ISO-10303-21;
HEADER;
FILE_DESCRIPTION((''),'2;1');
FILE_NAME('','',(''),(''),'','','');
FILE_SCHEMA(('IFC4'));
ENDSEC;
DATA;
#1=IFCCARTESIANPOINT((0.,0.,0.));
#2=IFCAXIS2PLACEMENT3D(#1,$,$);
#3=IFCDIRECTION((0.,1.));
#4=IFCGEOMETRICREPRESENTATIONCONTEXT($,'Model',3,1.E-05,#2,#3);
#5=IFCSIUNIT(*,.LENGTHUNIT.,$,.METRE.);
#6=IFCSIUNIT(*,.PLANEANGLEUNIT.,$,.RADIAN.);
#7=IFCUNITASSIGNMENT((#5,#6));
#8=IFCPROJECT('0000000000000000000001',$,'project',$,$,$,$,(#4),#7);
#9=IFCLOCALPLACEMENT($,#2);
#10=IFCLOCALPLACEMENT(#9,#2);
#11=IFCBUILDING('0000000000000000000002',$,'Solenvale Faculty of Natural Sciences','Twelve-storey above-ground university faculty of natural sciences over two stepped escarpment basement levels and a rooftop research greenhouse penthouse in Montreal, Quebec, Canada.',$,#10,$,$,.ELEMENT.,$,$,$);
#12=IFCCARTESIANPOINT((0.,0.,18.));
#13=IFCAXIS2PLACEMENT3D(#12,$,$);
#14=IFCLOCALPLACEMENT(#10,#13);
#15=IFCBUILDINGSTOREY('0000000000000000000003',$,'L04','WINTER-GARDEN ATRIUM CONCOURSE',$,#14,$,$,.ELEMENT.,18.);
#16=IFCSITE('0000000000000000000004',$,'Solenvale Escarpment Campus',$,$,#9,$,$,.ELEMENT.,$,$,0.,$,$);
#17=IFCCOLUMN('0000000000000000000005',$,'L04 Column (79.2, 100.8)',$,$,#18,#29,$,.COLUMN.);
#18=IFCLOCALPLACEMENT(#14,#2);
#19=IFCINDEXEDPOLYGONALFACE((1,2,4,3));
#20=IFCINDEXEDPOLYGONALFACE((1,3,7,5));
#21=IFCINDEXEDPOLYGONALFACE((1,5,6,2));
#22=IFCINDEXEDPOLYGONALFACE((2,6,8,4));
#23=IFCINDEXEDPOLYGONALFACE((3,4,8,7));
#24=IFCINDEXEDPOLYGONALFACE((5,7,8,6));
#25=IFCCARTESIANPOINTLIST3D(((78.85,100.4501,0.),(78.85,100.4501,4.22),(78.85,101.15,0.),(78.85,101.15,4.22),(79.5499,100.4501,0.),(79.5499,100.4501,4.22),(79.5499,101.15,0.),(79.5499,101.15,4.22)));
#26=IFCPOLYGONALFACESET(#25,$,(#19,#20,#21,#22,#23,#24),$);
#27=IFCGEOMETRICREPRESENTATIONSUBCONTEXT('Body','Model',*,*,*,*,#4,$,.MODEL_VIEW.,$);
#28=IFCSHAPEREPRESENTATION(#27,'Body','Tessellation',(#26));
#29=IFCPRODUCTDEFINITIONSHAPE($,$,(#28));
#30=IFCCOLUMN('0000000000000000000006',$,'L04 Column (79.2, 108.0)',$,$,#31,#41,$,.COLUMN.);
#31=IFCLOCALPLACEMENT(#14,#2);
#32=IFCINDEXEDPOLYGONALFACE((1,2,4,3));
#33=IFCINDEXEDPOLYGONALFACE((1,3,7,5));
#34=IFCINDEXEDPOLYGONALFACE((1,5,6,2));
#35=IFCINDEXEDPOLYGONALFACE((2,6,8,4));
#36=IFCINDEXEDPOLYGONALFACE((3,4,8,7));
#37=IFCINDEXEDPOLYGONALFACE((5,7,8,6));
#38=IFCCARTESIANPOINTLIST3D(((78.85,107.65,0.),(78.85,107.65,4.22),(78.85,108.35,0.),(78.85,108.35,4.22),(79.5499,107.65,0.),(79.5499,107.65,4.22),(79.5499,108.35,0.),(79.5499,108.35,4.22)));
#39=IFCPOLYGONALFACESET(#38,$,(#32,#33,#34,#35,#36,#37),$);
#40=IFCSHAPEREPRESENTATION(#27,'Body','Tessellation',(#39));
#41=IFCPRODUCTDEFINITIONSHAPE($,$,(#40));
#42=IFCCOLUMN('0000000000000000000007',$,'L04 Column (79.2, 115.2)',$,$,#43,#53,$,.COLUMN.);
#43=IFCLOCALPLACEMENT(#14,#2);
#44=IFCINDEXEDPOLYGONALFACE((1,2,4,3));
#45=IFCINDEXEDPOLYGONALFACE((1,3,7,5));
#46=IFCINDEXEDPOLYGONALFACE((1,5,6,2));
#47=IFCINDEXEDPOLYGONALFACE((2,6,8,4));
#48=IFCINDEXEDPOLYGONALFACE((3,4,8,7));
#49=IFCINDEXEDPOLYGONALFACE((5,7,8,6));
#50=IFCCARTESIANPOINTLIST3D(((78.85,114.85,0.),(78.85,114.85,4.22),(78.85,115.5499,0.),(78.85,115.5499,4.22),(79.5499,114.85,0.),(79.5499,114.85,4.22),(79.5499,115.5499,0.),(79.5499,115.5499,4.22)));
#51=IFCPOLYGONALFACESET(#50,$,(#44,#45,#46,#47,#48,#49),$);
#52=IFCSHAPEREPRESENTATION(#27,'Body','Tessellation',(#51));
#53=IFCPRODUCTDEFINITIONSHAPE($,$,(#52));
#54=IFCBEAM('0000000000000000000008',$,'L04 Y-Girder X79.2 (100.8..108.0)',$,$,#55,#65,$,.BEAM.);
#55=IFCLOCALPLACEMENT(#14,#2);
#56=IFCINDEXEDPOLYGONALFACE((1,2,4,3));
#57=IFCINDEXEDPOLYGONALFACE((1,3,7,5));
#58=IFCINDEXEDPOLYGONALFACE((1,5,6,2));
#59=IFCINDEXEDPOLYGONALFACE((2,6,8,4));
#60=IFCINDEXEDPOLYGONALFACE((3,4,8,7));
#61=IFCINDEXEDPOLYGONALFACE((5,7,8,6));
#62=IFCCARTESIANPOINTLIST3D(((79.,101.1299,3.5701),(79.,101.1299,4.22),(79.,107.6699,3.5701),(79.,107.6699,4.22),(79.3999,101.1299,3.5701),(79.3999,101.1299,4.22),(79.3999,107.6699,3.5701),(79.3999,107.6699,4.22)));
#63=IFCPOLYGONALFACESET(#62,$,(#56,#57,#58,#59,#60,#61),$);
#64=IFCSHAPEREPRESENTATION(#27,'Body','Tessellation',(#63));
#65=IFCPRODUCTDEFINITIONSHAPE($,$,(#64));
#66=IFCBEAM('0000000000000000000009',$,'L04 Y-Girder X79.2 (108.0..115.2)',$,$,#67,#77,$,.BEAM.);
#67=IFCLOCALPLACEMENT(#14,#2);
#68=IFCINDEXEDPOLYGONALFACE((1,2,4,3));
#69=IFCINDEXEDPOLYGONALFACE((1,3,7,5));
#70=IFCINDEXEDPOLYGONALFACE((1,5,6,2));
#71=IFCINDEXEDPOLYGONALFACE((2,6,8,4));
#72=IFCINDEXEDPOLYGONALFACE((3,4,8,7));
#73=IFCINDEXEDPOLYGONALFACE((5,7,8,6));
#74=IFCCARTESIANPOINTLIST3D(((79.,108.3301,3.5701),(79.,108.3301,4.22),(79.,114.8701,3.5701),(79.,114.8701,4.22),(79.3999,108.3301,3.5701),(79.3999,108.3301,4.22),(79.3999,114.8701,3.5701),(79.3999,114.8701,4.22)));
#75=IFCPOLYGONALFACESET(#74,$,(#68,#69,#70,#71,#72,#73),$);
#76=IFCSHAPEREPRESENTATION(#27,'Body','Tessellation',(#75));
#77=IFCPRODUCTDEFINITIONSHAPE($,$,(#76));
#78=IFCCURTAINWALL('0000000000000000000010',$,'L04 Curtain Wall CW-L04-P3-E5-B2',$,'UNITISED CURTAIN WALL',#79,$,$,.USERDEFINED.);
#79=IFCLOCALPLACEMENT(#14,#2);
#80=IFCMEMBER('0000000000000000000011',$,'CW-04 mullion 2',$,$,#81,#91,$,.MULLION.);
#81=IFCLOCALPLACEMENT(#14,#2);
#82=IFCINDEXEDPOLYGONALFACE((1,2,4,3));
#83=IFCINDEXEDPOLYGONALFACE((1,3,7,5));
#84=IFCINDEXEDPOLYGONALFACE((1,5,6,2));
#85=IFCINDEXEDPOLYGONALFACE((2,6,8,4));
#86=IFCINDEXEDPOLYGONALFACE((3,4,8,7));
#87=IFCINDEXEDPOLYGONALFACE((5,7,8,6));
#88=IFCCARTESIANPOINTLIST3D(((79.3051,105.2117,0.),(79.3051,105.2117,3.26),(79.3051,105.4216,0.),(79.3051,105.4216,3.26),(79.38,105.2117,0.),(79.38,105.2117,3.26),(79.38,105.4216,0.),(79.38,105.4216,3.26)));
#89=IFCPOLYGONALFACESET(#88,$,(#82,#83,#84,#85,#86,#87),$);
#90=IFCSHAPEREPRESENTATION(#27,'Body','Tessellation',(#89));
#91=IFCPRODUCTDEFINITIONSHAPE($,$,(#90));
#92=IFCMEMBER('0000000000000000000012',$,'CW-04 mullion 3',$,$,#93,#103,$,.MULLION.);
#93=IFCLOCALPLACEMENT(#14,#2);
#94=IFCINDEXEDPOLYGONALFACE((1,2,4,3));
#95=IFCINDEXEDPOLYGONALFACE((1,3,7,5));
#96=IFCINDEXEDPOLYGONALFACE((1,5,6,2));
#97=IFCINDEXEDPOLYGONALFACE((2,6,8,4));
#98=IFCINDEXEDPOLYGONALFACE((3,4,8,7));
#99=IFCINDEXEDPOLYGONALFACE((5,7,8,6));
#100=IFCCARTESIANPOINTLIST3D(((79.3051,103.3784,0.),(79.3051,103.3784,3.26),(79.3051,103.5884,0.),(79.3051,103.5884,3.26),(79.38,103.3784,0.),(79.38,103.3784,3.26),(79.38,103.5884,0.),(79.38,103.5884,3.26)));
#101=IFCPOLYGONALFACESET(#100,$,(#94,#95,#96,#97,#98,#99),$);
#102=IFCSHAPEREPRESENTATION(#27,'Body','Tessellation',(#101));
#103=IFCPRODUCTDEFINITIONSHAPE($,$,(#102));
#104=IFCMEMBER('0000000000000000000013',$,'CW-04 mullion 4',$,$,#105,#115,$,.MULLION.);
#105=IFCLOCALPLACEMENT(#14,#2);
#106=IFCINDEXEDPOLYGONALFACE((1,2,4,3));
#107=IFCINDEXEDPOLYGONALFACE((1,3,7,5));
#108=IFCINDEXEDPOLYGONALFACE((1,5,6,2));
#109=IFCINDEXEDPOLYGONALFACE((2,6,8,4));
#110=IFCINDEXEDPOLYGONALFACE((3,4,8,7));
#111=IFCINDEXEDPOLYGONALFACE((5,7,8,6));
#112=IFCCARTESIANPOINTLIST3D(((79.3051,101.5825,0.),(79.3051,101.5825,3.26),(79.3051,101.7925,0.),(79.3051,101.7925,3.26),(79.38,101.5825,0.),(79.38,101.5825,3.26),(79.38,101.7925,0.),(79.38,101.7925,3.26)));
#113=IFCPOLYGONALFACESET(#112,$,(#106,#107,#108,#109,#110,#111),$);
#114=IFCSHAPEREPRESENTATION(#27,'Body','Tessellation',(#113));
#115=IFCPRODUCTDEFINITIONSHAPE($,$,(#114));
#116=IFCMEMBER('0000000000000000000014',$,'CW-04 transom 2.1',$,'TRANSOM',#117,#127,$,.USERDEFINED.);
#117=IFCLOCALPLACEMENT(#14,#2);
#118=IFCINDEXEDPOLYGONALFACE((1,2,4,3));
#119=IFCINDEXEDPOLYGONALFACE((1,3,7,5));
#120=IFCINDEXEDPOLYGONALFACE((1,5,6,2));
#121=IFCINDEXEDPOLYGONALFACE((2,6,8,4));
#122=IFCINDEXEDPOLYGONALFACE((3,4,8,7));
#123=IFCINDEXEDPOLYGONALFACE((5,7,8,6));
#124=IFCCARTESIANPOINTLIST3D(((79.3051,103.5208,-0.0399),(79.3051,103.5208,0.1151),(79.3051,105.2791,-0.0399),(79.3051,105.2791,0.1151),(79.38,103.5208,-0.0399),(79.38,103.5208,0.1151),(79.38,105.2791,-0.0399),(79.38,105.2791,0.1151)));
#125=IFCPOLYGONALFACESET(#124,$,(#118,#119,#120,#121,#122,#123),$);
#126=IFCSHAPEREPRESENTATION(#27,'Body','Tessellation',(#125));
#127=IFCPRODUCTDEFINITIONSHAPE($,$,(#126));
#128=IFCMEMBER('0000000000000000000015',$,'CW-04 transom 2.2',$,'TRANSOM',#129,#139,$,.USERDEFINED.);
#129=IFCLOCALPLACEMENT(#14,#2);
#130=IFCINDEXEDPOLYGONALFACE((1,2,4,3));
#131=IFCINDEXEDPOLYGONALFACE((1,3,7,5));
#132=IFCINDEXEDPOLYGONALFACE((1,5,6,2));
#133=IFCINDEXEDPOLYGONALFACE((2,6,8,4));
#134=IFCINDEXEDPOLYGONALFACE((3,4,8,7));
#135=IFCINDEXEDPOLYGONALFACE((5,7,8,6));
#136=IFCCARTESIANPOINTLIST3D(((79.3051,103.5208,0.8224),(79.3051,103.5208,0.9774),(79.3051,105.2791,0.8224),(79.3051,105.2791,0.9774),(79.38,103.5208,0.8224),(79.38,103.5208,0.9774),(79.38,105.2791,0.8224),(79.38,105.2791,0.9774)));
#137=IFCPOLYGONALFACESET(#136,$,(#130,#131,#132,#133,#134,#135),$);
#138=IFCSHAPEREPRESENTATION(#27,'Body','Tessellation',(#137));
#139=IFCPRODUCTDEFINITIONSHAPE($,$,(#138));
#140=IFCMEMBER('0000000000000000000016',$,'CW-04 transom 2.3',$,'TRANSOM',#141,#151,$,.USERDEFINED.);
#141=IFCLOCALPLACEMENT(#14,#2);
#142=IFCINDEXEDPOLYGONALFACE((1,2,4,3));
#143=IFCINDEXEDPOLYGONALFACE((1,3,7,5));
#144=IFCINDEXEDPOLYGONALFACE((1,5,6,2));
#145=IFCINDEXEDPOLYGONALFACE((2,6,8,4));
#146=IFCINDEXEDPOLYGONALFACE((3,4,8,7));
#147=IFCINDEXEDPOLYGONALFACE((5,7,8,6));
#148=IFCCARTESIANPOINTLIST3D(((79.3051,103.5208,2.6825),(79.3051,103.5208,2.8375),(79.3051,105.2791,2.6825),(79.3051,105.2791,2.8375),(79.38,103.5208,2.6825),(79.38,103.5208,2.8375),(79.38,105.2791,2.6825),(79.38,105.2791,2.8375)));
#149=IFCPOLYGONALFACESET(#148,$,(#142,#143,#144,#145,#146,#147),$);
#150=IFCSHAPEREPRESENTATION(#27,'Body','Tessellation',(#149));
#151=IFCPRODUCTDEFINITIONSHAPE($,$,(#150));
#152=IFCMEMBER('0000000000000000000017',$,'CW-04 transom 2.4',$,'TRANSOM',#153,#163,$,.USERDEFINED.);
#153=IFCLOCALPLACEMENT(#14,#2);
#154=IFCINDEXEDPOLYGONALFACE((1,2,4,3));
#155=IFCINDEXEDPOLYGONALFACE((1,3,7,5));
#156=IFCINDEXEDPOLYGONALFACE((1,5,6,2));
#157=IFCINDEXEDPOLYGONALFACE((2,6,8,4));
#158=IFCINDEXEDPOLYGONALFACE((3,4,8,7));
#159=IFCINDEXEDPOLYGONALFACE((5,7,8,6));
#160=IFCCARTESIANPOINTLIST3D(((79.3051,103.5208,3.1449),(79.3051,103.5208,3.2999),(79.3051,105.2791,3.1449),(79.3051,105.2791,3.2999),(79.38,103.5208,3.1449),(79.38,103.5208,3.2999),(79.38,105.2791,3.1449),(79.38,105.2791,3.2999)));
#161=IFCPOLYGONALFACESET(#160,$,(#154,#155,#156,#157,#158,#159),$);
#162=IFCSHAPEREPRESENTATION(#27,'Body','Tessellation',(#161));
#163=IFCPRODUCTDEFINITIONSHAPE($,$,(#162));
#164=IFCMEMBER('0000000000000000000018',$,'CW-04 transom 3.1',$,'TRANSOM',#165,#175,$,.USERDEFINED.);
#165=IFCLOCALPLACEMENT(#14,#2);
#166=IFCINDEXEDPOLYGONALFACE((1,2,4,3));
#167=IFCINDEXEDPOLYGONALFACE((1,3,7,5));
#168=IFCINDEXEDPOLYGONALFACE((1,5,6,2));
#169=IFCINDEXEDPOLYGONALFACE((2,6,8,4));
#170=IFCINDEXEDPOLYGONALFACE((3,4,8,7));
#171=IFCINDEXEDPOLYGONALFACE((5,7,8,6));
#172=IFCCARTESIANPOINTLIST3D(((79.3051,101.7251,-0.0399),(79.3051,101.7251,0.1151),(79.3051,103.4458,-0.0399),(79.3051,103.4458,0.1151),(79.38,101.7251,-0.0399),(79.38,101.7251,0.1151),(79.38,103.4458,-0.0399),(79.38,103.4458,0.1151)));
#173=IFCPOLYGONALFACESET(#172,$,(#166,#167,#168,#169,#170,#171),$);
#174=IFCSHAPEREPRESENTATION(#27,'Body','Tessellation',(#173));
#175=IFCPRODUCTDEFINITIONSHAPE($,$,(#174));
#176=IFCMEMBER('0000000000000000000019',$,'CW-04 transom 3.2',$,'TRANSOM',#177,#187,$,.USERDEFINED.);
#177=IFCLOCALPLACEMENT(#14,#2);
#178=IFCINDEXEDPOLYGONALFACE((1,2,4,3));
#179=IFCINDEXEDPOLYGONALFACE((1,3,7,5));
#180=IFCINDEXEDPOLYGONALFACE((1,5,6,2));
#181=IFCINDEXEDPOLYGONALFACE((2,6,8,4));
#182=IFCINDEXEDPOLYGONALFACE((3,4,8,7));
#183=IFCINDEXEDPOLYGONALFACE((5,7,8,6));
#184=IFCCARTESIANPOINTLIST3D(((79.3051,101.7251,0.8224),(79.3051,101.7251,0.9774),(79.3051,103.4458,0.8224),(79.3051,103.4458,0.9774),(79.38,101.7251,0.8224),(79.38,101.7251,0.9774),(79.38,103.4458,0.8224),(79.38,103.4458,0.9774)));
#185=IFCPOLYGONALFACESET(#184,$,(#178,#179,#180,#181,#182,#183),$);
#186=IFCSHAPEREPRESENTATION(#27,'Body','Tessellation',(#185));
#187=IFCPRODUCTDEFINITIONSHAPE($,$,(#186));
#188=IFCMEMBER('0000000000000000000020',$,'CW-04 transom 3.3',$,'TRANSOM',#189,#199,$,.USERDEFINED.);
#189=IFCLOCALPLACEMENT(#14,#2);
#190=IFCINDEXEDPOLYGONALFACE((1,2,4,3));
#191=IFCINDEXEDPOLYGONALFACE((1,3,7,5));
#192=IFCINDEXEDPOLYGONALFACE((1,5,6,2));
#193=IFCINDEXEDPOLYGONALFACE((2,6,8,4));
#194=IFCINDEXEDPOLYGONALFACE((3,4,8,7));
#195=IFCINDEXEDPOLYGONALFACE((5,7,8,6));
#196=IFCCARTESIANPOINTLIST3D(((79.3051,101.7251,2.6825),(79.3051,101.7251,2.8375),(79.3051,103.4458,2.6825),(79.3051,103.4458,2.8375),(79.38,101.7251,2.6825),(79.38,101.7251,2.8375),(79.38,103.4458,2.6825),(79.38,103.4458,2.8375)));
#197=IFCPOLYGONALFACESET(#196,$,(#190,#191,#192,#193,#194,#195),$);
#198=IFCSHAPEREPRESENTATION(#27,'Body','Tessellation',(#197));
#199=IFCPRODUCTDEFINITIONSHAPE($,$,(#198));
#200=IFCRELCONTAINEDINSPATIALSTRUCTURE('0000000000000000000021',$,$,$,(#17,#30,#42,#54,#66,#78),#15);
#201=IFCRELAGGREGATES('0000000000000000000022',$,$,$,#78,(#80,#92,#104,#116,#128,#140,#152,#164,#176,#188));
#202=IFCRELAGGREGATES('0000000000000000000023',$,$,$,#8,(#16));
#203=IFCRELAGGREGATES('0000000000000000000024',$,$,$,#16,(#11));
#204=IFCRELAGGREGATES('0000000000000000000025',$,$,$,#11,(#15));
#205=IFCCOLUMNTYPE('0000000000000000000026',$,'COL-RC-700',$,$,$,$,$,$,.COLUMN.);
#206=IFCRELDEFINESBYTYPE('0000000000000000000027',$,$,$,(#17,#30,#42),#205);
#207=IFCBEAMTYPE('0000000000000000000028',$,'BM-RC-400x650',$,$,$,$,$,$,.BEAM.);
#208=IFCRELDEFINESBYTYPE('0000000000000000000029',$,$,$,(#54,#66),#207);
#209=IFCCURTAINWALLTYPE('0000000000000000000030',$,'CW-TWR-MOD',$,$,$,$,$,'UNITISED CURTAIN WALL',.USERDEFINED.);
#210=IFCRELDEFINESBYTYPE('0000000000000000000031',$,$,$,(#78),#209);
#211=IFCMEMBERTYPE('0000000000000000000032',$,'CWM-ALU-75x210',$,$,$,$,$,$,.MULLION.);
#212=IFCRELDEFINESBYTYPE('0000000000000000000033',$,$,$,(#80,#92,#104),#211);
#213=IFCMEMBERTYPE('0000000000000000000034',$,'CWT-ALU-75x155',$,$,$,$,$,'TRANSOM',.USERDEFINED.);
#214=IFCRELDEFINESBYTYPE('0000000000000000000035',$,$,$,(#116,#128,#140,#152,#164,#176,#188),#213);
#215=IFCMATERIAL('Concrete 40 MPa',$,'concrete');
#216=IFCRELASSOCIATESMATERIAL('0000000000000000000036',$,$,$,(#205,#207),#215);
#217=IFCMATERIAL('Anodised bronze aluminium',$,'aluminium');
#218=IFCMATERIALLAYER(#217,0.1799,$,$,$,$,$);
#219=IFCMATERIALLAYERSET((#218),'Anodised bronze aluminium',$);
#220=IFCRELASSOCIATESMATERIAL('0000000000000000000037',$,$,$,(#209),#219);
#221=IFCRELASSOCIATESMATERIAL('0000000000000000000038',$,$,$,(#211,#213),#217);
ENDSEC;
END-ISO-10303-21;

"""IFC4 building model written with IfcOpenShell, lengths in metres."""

from ifc_helpers import new_model, si_unit, direction, frame, origin, origin_2d, place, context, subcontext, project, spatial, rectangle, extrude, material, layer, layer_set, material_profile, profile_set, type_object, element, aggregate, save


model = new_model("IFC4")

# Units and contexts
model_context = context("Model", 3, precision=1e-05, world=origin(), true_north=direction((0.0, 1.0)))
body_context = subcontext(model_context, "Body", "Model", "MODEL_VIEW")
ifc_project = project(units=[si_unit("LENGTHUNIT", "METRE"), si_unit("PLANEANGLEUNIT", "RADIAN")], contexts=[model_context])

# Site, building, storey
site_placement = place(None, origin())
site = spatial("IfcSite", under=ifc_project, at=site_placement, Name="Solenvale Escarpment Campus", CompositionType="ELEMENT", RefElevation=0.0)
building_placement = place(site_placement, origin())
building = spatial("IfcBuilding", under=site, at=building_placement, Name="Solenvale Faculty of Natural Sciences", Description="Twelve-storey above-ground university faculty of natural sciences over two stepped escarpment basement levels and a rooftop research greenhouse penthouse in Montreal, Quebec, Canada.", CompositionType="ELEMENT")
storey_placement = place(building_placement, frame((0.0, 0.0, 18.0)))
storey = spatial("IfcBuildingStorey", under=building, at=storey_placement, Name="L04", Description="WINTER-GARDEN ATRIUM CONCOURSE", CompositionType="ELEMENT", Elevation=18.0)

# Columns
ifc_material_1 = material(Name="Concrete 40 MPa", Category="concrete")
ifc_material_profile_1 = material_profile(ifc_material_1, rectangle(XDim=0.7, YDim=0.7, at=origin_2d()), Name="RC-COL-700x700")
ifc_profile_set_1 = profile_set([ifc_material_profile_1], Name="Concrete 40 MPa")
column_type = type_object("IfcColumnType", Name="COL-RC-700", PredefinedType="COLUMN", material=ifc_profile_set_1)
for number, where, z_axis, x_axis, name in (
    (1, (79.2, 100.8, 0.0), (0.0, 0.0, 1.0), (1.0, 0.0, 0.0), "L04 Column (79.2, 100.8)"),
    (2, (79.2, 108.0, 0.0), (0.0, 0.0, 1.0), (1.0, 0.0, 0.0), "L04 Column (79.2, 108.0)"),
    (3, (79.2, 115.2, 0.0), (0.0, 0.0, 1.0), (1.0, 0.0, 0.0), "L04 Column (79.2, 115.2)"),
):
    element("IfcColumn", number, at=place(storey_placement, frame(where, z_axis=z_axis, x_axis=x_axis)), inside=storey, type_object=column_type, Name=name, PredefinedType="COLUMN", context=body_context, shape_type="SweptSolid", body=[
        extrude(rectangle(XDim=0.7, YDim=0.7, at=origin_2d()), origin(), (0.0, 0.0, 1.0), 4.22),
    ])

# Beams
ifc_material_profile_2 = material_profile(ifc_material_1, rectangle(XDim=0.3999, YDim=0.6499, at=origin_2d()), Name="RC-BM-400x650")
ifc_profile_set_2 = profile_set([ifc_material_profile_2], Name="Concrete 40 MPa")
beam_type = type_object("IfcBeamType", Name="BM-RC-400x650", PredefinedType="BEAM", material=ifc_profile_set_2)
for number, where, z_axis, x_axis, name in (
    (4, (79.2, 101.1299, 3.895), (0.0, 1.0, 0.0), (-1.0, 0.0, 0.0), "L04 Y-Girder X79.2 (100.8..108.0)"),
    (5, (79.2, 108.3301, 3.895), (0.0, 1.0, 0.0), (-1.0, 0.0, 0.0), "L04 Y-Girder X79.2 (108.0..115.2)"),
):
    element("IfcBeam", number, at=place(storey_placement, frame(where, z_axis=z_axis, x_axis=x_axis)), inside=storey, type_object=beam_type, Name=name, PredefinedType="BEAM", context=body_context, shape_type="SweptSolid", body=[
        extrude(rectangle(XDim=0.3999, YDim=0.6499, at=origin_2d()), origin(), (0.0, 0.0, 1.0), 6.54),
    ])

# Curtain wall, members
ifc_material_2 = material(Name="Anodised bronze aluminium", Category="aluminium")
ifc_layer_1 = layer(ifc_material_2, 0.1799)
ifc_layer_set_1 = layer_set([ifc_layer_1], Name="Anodised bronze aluminium")
curtain_wall_type = type_object("IfcCurtainWallType", Name="CW-TWR-MOD", ElementType="UNITISED CURTAIN WALL", PredefinedType="USERDEFINED", material=ifc_layer_set_1)
curtain_wall_placement = place(storey_placement, origin())
curtain_wall = element("IfcCurtainWall", 6, at=curtain_wall_placement, inside=storey, type_object=curtain_wall_type, Name="L04 Curtain Wall CW-L04-P3-E5-B2", ObjectType="UNITISED CURTAIN WALL", PredefinedType="USERDEFINED")
ifc_material_profile_3 = material_profile(ifc_material_2, rectangle(XDim=0.075, YDim=0.21, at=origin_2d()), Name="ALU-MUL-75x210")
ifc_profile_set_3 = profile_set([ifc_material_profile_3], Name="Anodised bronze aluminium")
member_type_1 = type_object("IfcMemberType", Name="CWM-ALU-75x210", PredefinedType="MULLION", material=ifc_profile_set_3)
member_1_placement = place(storey_placement, frame((79.3425, 105.3167, 0.0), z_axis=(0.0, 0.0, 1.0), x_axis=(1.0, 0.0, 0.0)))
member_1 = element("IfcMember", 7, at=member_1_placement, type_object=member_type_1, Name="CW-04 mullion 2", PredefinedType="MULLION", context=body_context, shape_type="SweptSolid", body=[
    extrude(rectangle(XDim=0.075, YDim=0.21, at=origin_2d()), origin(), (0.0, 0.0, 1.0), 3.26),
])
member_2_placement = place(storey_placement, frame((79.3425, 103.4834, 0.0), z_axis=(0.0, 0.0, 1.0), x_axis=(1.0, 0.0, 0.0)))
member_2 = element("IfcMember", 8, at=member_2_placement, type_object=member_type_1, Name="CW-04 mullion 3", PredefinedType="MULLION", context=body_context, shape_type="SweptSolid", body=[
    extrude(rectangle(XDim=0.075, YDim=0.21, at=origin_2d()), origin(), (0.0, 0.0, 1.0), 3.26),
])
member_3_placement = place(storey_placement, frame((79.3425, 101.6875, 0.0), z_axis=(0.0, 0.0, 1.0), x_axis=(1.0, 0.0, 0.0)))
member_3 = element("IfcMember", 9, at=member_3_placement, type_object=member_type_1, Name="CW-04 mullion 4", PredefinedType="MULLION", context=body_context, shape_type="SweptSolid", body=[
    extrude(rectangle(XDim=0.075, YDim=0.21, at=origin_2d()), origin(), (0.0, 0.0, 1.0), 3.26),
])
ifc_material_profile_4 = material_profile(ifc_material_2, rectangle(XDim=0.075, YDim=0.155, at=origin_2d()), Name="ALU-TRN-75x155")
ifc_profile_set_4 = profile_set([ifc_material_profile_4], Name="Anodised bronze aluminium")
member_type_2 = type_object("IfcMemberType", Name="CWT-ALU-75x155", ElementType="TRANSOM", PredefinedType="USERDEFINED", material=ifc_profile_set_4)
member_4_placement = place(storey_placement, frame((79.3425, 105.2791, 0.0376), z_axis=(0.0, -1.0, 0.0), x_axis=(1.0, 0.0, 0.0)))
member_4 = element("IfcMember", 10, at=member_4_placement, type_object=member_type_2, Name="CW-04 transom 2.1", ObjectType="TRANSOM", PredefinedType="USERDEFINED", context=body_context, shape_type="SweptSolid", body=[
    extrude(rectangle(XDim=0.075, YDim=0.155, at=origin_2d()), origin(), (0.0, 0.0, 1.0), 1.7583),
])
member_5_placement = place(storey_placement, frame((79.3425, 105.2791, 0.8999), z_axis=(0.0, -1.0, 0.0), x_axis=(1.0, 0.0, 0.0)))
member_5 = element("IfcMember", 11, at=member_5_placement, type_object=member_type_2, Name="CW-04 transom 2.2", ObjectType="TRANSOM", PredefinedType="USERDEFINED", context=body_context, shape_type="SweptSolid", body=[
    extrude(rectangle(XDim=0.075, YDim=0.155, at=origin_2d()), origin(), (0.0, 0.0, 1.0), 1.7583),
])
member_6_placement = place(storey_placement, frame((79.3425, 105.2791, 2.76), z_axis=(0.0, -1.0, 0.0), x_axis=(1.0, 0.0, 0.0)))
member_6 = element("IfcMember", 12, at=member_6_placement, type_object=member_type_2, Name="CW-04 transom 2.3", ObjectType="TRANSOM", PredefinedType="USERDEFINED", context=body_context, shape_type="SweptSolid", body=[
    extrude(rectangle(XDim=0.075, YDim=0.155, at=origin_2d()), origin(), (0.0, 0.0, 1.0), 1.7583),
])
member_7_placement = place(storey_placement, frame((79.3425, 105.2791, 3.2224), z_axis=(0.0, -1.0, 0.0), x_axis=(1.0, 0.0, 0.0)))
member_7 = element("IfcMember", 13, at=member_7_placement, type_object=member_type_2, Name="CW-04 transom 2.4", ObjectType="TRANSOM", PredefinedType="USERDEFINED", context=body_context, shape_type="SweptSolid", body=[
    extrude(rectangle(XDim=0.075, YDim=0.155, at=origin_2d()), origin(), (0.0, 0.0, 1.0), 1.7583),
])
member_8_placement = place(storey_placement, frame((79.3425, 103.4458, 0.0376), z_axis=(0.0, -1.0, 0.0), x_axis=(1.0, 0.0, 0.0)))
member_8 = element("IfcMember", 14, at=member_8_placement, type_object=member_type_2, Name="CW-04 transom 3.1", ObjectType="TRANSOM", PredefinedType="USERDEFINED", context=body_context, shape_type="SweptSolid", body=[
    extrude(rectangle(XDim=0.075, YDim=0.155, at=origin_2d()), origin(), (0.0, 0.0, 1.0), 1.7207),
])
member_9_placement = place(storey_placement, frame((79.3425, 103.4458, 0.8999), z_axis=(0.0, -1.0, 0.0), x_axis=(1.0, 0.0, 0.0)))
member_9 = element("IfcMember", 15, at=member_9_placement, type_object=member_type_2, Name="CW-04 transom 3.2", ObjectType="TRANSOM", PredefinedType="USERDEFINED", context=body_context, shape_type="SweptSolid", body=[
    extrude(rectangle(XDim=0.075, YDim=0.155, at=origin_2d()), origin(), (0.0, 0.0, 1.0), 1.7207),
])
member_10_placement = place(storey_placement, frame((79.3425, 103.4458, 2.76), z_axis=(0.0, -1.0, 0.0), x_axis=(1.0, 0.0, 0.0)))
member_10 = element("IfcMember", 16, at=member_10_placement, type_object=member_type_2, Name="CW-04 transom 3.3", ObjectType="TRANSOM", PredefinedType="USERDEFINED", context=body_context, shape_type="SweptSolid", body=[
    extrude(rectangle(XDim=0.075, YDim=0.155, at=origin_2d()), origin(), (0.0, 0.0, 1.0), 1.7207),
])
aggregate(curtain_wall, [member_1, member_2, member_3, member_4, member_5, member_6, member_7, member_8, member_9, member_10])

save(model, "model.ifc")
